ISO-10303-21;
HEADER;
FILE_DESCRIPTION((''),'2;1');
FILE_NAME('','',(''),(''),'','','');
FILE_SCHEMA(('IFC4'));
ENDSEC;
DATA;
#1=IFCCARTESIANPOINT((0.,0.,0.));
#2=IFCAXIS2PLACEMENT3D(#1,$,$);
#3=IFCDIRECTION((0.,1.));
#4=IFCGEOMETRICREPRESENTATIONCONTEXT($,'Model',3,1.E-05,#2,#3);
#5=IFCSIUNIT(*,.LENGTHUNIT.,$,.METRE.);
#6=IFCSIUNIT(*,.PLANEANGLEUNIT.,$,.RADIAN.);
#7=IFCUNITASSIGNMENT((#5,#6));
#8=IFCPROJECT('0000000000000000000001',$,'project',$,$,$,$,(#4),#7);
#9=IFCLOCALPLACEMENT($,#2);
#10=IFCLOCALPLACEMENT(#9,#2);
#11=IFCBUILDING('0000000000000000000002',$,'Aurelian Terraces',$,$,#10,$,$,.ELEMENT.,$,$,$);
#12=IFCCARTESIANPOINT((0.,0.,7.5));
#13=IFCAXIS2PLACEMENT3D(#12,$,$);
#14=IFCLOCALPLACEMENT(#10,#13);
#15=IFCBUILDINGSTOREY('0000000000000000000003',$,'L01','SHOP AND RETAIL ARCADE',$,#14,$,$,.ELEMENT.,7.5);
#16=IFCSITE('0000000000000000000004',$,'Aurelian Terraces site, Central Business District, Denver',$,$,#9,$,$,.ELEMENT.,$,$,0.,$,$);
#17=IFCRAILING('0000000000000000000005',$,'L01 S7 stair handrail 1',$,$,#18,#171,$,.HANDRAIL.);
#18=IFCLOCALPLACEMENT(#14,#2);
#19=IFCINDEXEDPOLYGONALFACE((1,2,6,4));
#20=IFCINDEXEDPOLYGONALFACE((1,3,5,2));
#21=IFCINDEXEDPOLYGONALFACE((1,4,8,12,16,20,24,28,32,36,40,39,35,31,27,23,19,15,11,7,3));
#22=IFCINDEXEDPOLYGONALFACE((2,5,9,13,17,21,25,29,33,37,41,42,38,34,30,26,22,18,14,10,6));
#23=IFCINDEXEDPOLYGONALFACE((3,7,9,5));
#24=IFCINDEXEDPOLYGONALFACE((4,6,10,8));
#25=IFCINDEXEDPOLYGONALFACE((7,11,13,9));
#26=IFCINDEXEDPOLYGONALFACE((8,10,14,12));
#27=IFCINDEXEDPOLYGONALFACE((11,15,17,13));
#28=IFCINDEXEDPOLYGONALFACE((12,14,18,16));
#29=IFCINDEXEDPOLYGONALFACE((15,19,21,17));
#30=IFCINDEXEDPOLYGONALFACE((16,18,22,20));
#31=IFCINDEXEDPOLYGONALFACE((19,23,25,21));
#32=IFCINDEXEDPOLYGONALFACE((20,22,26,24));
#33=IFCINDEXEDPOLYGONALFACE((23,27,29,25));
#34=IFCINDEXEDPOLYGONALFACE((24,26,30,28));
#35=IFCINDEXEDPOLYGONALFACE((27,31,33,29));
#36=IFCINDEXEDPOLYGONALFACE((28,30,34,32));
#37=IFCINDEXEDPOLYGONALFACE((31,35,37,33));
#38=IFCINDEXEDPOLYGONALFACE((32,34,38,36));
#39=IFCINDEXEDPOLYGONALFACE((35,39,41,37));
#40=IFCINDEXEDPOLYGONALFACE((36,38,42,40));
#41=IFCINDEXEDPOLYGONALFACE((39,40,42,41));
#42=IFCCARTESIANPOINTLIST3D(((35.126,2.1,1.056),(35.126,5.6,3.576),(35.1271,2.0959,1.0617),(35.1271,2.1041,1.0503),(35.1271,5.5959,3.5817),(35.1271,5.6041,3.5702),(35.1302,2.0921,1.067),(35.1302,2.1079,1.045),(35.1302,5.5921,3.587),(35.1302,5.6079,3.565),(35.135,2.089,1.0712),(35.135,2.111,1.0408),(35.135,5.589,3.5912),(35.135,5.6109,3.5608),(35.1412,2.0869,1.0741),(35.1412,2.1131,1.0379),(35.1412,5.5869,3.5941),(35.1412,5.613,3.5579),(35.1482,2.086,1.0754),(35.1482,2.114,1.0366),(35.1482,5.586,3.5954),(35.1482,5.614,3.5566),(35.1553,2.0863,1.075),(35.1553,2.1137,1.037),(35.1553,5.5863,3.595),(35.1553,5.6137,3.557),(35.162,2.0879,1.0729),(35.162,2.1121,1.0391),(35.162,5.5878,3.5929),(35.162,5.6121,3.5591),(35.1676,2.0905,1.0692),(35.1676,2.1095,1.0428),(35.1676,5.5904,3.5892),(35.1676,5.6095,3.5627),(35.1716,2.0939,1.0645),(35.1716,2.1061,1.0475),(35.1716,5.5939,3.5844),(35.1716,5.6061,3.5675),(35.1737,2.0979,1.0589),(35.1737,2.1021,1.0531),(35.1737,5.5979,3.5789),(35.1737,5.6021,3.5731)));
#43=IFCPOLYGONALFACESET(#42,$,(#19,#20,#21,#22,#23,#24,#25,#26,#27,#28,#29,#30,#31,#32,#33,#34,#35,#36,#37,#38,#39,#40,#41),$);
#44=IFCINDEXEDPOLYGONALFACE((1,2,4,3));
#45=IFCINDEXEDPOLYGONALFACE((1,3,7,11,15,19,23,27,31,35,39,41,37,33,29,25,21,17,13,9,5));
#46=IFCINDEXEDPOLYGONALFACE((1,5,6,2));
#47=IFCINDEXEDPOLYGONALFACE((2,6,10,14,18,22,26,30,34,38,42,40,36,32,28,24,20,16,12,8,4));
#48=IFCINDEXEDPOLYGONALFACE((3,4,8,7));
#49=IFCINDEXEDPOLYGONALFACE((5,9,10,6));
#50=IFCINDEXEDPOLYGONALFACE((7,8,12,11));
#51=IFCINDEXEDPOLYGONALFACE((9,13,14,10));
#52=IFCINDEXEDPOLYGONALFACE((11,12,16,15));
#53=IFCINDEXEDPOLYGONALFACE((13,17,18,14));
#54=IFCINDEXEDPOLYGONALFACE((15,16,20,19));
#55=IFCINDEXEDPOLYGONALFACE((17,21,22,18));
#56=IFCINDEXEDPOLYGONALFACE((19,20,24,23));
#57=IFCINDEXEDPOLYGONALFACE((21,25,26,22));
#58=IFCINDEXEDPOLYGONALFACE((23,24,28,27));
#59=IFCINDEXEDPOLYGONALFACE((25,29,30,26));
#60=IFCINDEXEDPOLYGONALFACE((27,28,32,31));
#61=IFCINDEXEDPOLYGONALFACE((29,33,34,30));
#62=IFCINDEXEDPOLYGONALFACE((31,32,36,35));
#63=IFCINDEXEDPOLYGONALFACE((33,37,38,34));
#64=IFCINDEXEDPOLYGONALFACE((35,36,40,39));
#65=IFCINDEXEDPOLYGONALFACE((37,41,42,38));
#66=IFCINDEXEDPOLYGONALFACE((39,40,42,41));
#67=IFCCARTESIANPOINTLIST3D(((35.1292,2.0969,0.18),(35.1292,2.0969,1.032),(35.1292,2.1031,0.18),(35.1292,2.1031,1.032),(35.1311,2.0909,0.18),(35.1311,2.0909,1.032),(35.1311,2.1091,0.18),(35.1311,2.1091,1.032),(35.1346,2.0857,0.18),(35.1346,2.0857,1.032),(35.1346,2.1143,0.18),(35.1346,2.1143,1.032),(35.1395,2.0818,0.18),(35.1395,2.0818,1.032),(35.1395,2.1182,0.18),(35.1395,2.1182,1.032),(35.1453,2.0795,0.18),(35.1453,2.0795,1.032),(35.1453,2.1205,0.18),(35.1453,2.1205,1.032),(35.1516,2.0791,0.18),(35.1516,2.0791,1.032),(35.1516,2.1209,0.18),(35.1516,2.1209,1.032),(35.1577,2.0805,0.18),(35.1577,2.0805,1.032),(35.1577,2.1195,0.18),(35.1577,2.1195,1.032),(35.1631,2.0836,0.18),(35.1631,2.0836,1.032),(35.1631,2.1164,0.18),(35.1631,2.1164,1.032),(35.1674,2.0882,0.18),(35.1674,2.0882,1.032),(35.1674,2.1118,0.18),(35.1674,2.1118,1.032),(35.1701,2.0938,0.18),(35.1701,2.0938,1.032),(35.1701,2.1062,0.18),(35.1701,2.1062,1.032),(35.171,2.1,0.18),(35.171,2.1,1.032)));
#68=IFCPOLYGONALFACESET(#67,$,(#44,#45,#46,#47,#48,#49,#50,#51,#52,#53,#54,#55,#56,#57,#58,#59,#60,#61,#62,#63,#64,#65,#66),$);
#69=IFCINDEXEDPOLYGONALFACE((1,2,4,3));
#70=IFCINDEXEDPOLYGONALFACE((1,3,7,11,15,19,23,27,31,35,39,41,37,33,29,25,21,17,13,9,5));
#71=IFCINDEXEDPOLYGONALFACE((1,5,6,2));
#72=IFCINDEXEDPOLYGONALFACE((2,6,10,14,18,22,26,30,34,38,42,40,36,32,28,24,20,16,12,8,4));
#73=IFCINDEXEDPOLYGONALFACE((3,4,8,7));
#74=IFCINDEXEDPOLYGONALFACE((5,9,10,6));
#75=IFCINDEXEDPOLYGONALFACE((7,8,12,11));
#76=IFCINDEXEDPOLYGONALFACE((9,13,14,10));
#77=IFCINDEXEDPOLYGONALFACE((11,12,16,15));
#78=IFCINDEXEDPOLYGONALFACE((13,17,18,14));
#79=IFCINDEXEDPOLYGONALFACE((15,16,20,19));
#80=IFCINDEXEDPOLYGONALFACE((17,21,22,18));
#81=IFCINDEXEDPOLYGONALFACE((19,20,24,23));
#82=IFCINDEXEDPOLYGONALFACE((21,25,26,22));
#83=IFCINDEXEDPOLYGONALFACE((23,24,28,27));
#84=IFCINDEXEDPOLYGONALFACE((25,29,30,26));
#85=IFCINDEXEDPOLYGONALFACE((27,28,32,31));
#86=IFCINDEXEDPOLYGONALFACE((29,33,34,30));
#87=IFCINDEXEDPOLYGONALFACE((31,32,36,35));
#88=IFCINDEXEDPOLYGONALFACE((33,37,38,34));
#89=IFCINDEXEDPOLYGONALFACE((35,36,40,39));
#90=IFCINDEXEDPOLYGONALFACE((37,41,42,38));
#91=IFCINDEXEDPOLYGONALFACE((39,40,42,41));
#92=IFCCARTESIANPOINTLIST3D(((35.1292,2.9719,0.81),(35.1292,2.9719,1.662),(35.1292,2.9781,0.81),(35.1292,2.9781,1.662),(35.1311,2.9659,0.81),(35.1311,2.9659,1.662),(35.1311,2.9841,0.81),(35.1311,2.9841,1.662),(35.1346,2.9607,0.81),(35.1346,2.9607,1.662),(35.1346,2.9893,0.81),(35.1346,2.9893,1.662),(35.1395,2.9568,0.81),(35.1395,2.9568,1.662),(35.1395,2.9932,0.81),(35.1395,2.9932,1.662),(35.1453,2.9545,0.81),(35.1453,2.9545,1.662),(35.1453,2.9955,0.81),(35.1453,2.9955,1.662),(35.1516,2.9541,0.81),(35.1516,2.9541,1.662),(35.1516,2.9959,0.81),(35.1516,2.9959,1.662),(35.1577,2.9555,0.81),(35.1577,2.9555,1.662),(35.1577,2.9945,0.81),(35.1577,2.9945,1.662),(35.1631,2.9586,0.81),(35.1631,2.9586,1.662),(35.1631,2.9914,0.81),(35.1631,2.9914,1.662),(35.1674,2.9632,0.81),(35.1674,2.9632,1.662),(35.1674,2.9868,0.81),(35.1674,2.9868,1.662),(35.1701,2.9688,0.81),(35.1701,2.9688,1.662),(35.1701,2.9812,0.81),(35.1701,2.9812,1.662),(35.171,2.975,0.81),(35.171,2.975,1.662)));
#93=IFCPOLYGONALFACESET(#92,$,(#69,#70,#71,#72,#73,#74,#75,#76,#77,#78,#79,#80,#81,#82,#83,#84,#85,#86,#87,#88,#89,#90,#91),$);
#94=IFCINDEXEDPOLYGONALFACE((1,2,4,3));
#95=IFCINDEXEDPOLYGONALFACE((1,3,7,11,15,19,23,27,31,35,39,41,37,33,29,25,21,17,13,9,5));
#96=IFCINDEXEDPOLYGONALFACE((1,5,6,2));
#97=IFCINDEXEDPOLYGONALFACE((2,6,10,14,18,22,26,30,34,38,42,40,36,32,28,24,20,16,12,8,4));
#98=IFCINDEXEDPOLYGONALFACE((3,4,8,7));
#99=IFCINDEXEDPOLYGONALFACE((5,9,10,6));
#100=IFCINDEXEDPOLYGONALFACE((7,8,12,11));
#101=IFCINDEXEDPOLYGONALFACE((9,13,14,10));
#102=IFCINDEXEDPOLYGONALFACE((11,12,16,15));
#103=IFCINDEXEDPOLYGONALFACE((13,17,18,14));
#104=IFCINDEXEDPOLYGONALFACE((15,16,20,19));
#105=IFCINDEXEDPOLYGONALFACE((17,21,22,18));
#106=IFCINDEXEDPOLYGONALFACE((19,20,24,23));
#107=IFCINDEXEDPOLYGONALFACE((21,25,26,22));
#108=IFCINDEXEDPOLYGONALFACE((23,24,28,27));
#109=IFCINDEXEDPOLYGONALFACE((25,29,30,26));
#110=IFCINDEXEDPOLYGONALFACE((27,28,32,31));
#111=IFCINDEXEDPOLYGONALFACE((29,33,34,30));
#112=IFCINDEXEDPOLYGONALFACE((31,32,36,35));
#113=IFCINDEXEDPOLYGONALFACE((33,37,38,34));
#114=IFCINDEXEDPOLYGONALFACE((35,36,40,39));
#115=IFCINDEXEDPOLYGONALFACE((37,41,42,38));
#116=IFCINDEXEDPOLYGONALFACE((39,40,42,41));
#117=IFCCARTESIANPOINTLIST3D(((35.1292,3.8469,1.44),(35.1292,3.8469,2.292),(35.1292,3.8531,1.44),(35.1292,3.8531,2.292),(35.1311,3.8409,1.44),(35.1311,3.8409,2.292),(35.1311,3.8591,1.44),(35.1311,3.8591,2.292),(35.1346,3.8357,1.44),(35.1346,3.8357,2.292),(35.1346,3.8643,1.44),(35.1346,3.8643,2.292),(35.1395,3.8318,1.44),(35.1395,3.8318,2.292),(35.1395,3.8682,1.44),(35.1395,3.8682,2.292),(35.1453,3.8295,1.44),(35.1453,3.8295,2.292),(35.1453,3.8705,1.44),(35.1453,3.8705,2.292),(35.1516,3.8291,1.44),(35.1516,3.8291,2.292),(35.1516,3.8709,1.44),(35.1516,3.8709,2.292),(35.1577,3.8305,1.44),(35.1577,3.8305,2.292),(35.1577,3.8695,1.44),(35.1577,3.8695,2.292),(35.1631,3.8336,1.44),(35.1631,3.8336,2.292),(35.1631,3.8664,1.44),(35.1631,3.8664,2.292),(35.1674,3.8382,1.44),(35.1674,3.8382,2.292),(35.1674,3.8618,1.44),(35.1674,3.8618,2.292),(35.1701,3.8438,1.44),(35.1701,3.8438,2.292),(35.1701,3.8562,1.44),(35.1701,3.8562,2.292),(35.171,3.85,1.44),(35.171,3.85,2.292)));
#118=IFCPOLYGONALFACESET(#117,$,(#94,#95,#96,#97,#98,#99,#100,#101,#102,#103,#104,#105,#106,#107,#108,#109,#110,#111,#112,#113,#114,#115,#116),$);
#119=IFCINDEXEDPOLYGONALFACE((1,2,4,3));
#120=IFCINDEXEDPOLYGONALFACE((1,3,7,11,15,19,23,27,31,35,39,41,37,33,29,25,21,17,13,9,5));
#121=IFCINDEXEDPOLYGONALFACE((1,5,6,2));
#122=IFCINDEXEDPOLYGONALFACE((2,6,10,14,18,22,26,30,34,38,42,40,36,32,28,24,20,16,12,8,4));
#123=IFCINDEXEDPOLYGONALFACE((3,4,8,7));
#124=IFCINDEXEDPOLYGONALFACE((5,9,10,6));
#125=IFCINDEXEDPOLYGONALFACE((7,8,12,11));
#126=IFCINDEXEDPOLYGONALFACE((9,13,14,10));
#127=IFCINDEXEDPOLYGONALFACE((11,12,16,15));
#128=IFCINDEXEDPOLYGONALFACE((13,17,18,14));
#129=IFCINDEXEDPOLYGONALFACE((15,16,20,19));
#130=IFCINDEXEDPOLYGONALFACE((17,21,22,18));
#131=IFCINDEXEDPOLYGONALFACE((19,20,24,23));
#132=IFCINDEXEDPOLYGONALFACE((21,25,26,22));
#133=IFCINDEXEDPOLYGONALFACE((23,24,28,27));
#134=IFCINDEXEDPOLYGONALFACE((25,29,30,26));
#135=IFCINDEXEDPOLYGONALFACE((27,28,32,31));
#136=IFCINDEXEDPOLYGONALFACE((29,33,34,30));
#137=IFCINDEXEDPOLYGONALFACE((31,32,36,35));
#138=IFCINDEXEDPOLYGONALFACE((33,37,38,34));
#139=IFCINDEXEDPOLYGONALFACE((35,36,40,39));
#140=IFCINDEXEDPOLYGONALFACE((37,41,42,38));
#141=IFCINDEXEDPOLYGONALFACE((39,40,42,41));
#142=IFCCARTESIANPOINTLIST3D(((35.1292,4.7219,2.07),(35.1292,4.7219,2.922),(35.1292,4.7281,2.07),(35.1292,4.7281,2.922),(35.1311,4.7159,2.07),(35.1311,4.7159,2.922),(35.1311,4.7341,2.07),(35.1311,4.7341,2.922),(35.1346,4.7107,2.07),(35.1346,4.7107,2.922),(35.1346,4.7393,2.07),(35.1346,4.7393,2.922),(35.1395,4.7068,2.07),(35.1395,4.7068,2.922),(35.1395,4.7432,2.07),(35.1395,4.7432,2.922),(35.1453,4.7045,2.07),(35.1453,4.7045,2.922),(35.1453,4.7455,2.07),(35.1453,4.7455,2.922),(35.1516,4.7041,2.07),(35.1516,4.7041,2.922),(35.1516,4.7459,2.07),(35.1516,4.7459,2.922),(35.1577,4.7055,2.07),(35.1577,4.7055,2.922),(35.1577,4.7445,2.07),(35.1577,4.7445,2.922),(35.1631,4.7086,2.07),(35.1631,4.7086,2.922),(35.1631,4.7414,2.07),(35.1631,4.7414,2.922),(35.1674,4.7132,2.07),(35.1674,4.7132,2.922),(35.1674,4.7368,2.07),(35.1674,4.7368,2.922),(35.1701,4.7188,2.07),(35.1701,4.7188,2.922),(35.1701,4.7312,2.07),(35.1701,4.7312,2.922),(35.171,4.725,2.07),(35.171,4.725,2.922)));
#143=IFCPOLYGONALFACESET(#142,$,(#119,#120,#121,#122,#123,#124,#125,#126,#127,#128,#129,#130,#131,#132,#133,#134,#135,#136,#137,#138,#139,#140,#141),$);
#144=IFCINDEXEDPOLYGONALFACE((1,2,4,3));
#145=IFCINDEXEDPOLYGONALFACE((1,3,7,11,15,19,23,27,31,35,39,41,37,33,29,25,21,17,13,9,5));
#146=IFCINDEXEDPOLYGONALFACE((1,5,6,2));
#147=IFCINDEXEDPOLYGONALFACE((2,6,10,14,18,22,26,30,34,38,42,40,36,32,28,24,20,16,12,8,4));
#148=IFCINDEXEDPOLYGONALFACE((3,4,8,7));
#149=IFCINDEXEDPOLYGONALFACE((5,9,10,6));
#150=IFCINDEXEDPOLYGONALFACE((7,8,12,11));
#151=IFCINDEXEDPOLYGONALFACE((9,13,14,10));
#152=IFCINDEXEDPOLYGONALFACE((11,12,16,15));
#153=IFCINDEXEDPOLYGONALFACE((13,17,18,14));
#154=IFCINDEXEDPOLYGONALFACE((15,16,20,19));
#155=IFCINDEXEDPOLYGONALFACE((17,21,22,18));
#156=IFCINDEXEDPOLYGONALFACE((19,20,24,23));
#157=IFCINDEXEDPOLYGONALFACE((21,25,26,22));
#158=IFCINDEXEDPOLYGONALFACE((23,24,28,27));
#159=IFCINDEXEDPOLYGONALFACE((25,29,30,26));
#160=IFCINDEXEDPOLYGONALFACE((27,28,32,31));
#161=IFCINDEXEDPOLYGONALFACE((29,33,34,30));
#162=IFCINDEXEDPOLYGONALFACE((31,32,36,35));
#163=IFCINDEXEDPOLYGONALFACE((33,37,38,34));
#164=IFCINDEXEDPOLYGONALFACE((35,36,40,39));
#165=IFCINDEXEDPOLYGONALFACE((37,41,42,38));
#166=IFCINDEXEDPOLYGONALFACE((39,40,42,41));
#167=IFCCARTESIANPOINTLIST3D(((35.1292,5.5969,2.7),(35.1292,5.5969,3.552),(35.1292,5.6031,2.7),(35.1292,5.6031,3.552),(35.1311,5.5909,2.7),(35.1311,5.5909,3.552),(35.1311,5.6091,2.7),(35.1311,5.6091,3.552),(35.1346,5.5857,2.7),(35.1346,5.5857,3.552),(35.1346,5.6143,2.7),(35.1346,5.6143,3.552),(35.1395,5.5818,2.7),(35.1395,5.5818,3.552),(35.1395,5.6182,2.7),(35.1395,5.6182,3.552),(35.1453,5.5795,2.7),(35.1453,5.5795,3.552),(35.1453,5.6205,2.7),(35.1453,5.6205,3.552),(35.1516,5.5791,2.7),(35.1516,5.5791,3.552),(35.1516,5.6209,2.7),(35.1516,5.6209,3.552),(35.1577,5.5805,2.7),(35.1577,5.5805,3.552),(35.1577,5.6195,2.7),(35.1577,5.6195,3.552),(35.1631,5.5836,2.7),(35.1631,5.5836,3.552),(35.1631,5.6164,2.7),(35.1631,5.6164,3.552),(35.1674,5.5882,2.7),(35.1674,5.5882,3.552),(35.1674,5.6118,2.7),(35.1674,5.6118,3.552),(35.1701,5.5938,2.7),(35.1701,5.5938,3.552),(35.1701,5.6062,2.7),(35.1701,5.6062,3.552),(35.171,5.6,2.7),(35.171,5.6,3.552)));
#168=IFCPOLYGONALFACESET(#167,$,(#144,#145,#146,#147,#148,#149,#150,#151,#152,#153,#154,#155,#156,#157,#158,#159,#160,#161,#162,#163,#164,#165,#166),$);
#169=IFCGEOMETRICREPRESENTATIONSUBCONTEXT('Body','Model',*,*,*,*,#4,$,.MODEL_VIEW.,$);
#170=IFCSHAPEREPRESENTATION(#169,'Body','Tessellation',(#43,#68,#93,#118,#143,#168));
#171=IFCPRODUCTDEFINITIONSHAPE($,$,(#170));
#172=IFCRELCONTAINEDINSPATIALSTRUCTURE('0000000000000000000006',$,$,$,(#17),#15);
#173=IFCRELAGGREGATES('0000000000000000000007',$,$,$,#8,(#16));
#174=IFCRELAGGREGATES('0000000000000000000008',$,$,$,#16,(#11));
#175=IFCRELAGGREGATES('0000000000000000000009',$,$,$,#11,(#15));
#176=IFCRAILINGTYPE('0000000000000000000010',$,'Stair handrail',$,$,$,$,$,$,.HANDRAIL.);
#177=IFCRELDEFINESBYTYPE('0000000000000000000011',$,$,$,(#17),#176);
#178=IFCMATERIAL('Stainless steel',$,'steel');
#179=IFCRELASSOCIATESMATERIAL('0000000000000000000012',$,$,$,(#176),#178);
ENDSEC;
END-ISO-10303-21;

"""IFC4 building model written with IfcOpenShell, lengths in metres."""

from ifc_helpers import new_model, si_unit, direction, frame, origin, origin_2d, place, context, subcontext, project, spatial, circle, extrude, source, transform, mapped, material, type_object, element, save


model = new_model("IFC4")

# Units and contexts
model_context = context("Model", 3, precision=1e-05, world=origin(), true_north=direction((0.0, 1.0)))
body_context = subcontext(model_context, "Body", "Model", "MODEL_VIEW")
ifc_project = project(units=[si_unit("LENGTHUNIT", "METRE"), si_unit("PLANEANGLEUNIT", "RADIAN")], contexts=[model_context])

# Site, building, storey
site_placement = place(None, origin())
site = spatial("IfcSite", under=ifc_project, at=site_placement, Name="Aurelian Terraces site, Central Business District, Denver", CompositionType="ELEMENT", RefElevation=0.0)
building_placement = place(site_placement, origin())
building = spatial("IfcBuilding", under=site, at=building_placement, Name="Aurelian Terraces", CompositionType="ELEMENT")
storey_placement = place(building_placement, frame((0.0, 0.0, 7.5)))
storey = spatial("IfcBuildingStorey", under=building, at=storey_placement, Name="L01", Description="SHOP AND RETAIL ARCADE", CompositionType="ELEMENT", Elevation=7.5)

# Railing
ifc_material_1 = material(Name="Stainless steel", Category="steel")
railing_type_1 = type_object("IfcRailingType", Name="Stair handrail", PredefinedType="HANDRAIL", material=ifc_material_1)
shared_shape_1 = source(origin(), body_context, "Body", "SweptSolid", [
    extrude(circle(Radius=0.024, at=origin_2d()), frame((0.0, 0.0, 0.876), z_axis=(0.0, 0.811534, 0.584305), x_axis=(-1.0, 0.0, 0.0)), (0.0, 0.0, 1.0), 4.3128),
    extrude(circle(Radius=0.021, at=origin_2d()), origin(), (0.0, 0.0, 1.0), 0.852),
    extrude(circle(Radius=0.021, at=origin_2d()), frame((0.0, 0.875, 0.63)), (0.0, 0.0, 1.0), 0.852),
    extrude(circle(Radius=0.021, at=origin_2d()), frame((0.0, 1.75, 1.26)), (0.0, 0.0, 1.0), 0.852),
    extrude(circle(Radius=0.021, at=origin_2d()), frame((0.0, 2.625, 1.89)), (0.0, 0.0, 1.0), 0.852),
    extrude(circle(Radius=0.021, at=origin_2d()), frame((0.0, 3.5, 2.52)), (0.0, 0.0, 1.0), 0.852),
])
railing_1_placement = place(storey_placement, frame((35.15, 2.1, 0.18)))
element("IfcRailing", 1, at=railing_1_placement, inside=storey, type_object=railing_type_1, Name="L01 S7 stair handrail 1", PredefinedType="HANDRAIL", context=body_context, shape_type="MappedRepresentation", body=[
    mapped(shared_shape_1, transform((0.0, 0.0, 0.0), scale=1.0)),
])

save(model, "model.ifc")
